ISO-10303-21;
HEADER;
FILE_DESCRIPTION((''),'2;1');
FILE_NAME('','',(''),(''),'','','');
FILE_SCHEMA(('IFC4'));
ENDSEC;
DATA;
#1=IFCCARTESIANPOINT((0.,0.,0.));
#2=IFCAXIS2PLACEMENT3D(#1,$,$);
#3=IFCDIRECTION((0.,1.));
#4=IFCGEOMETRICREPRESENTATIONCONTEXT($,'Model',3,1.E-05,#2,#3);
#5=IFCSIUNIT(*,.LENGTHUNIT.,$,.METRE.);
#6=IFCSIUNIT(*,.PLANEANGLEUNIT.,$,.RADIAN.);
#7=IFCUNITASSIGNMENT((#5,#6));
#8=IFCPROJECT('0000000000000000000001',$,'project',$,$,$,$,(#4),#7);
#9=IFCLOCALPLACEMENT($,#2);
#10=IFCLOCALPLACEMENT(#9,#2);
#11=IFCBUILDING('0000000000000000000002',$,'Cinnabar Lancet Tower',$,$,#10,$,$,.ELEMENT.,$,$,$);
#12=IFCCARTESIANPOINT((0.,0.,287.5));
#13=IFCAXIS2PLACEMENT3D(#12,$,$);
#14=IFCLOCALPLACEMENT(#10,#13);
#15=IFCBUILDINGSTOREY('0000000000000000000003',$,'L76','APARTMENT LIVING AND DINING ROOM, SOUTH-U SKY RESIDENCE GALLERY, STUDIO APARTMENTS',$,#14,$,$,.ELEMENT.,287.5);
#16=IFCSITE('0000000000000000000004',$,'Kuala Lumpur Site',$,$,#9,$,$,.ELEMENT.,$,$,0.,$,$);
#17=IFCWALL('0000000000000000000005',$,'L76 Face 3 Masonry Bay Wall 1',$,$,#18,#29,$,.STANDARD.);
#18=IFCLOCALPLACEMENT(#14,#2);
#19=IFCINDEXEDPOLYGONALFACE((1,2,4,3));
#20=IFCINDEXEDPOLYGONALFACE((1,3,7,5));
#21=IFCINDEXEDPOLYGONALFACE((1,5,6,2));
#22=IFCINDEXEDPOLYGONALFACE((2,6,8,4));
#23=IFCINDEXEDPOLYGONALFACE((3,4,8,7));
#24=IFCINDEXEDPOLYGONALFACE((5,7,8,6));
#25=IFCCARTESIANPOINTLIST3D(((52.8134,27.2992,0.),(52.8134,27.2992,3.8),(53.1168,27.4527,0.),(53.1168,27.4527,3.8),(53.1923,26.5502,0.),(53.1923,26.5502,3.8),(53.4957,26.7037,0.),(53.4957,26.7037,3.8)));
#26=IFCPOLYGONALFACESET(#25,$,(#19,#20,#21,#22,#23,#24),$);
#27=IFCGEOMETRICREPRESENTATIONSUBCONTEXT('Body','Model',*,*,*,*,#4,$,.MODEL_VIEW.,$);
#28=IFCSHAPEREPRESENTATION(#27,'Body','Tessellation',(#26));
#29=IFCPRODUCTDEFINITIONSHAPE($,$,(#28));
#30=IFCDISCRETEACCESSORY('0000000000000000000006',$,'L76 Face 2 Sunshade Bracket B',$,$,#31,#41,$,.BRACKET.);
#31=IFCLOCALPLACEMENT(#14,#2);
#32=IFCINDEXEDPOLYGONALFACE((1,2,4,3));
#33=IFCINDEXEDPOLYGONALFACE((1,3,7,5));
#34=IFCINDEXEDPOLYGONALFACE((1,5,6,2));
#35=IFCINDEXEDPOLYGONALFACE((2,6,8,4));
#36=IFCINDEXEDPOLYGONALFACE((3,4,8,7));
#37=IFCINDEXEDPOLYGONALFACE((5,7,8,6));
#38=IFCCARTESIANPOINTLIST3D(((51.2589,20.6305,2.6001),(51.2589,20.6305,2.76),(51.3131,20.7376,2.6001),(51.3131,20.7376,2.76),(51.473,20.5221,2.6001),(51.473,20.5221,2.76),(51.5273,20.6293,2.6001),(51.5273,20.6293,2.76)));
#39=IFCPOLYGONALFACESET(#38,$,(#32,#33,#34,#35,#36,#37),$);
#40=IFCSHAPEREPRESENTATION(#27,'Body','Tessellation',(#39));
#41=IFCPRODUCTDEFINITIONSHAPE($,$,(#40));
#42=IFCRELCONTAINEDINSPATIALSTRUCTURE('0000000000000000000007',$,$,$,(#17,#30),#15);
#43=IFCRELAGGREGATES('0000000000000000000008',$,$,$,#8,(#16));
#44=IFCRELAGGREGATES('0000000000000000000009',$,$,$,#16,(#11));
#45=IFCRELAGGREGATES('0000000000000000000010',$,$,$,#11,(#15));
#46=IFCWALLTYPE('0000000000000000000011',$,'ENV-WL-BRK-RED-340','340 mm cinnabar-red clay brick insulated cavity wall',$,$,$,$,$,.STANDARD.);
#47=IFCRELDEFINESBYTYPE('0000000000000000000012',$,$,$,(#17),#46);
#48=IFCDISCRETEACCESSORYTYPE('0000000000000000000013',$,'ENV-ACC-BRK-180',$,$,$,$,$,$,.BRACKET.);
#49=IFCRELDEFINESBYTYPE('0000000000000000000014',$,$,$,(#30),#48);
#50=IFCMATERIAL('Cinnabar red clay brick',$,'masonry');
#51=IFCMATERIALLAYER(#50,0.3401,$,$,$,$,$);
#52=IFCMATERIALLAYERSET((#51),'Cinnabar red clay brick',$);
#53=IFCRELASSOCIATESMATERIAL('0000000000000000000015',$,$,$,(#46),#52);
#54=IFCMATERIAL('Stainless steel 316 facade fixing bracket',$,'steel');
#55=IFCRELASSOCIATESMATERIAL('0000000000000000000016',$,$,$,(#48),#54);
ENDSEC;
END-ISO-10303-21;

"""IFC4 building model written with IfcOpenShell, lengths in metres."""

from ifc_helpers import new_model, si_unit, direction, frame, frame_2d, origin, origin_2d, place, context, subcontext, project, spatial, rectangle, extrude, material, layer, layer_set, type_object, element, save


model = new_model("IFC4")

# Units and contexts
model_context = context("Model", 3, precision=1e-05, world=origin(), true_north=direction((0.0, 1.0)))
body_context = subcontext(model_context, "Body", "Model", "MODEL_VIEW")
ifc_project = project(units=[si_unit("LENGTHUNIT", "METRE"), si_unit("PLANEANGLEUNIT", "RADIAN")], contexts=[model_context])

# Site, building, storey
site_placement = place(None, origin())
site = spatial("IfcSite", under=ifc_project, at=site_placement, Name="Kuala Lumpur Site", CompositionType="ELEMENT", RefElevation=0.0)
building_placement = place(site_placement, origin())
building = spatial("IfcBuilding", under=site, at=building_placement, Name="Cinnabar Lancet Tower", CompositionType="ELEMENT")
storey_placement = place(building_placement, frame((0.0, 0.0, 287.5)))
storey = spatial("IfcBuildingStorey", under=building, at=storey_placement, Name="L76", Description="APARTMENT LIVING AND DINING ROOM, SOUTH-U SKY RESIDENCE GALLERY, STUDIO APARTMENTS", CompositionType="ELEMENT", Elevation=287.5)

# Shared definitions
ifc_material_1 = material(Name="Cinnabar red clay brick", Category="masonry")
ifc_layer_1 = layer(ifc_material_1, 0.3401)
ifc_layer_set_1 = layer_set([ifc_layer_1], Name="Cinnabar red clay brick")
wall_type_1 = type_object("IfcWallType", Name="ENV-WL-BRK-RED-340", Description="340 mm cinnabar-red clay brick insulated cavity wall", PredefinedType="STANDARD", material=ifc_layer_set_1)

# Wall
wall_1_placement = place(storey_placement, frame((53.344, 26.627, 0.0), z_axis=(0.0, 0.0, 1.0), x_axis=(-0.451397, 0.892323, 0.0)))
element("IfcWall", 1, at=wall_1_placement, inside=storey, type_object=wall_type_1, Name="L76 Face 3 Masonry Bay Wall 1", PredefinedType="STANDARD", context=body_context, shape_type="SweptSolid", body=[
    extrude(rectangle(XDim=0.8394, YDim=0.3401, at=frame_2d((0.4197, 0.0))), origin(), (0.0, 0.0, 1.0), 3.8),
])

# Discrete accessory
ifc_material_2 = material(Name="Stainless steel 316 facade fixing bracket", Category="steel")
discrete_accessory_type = type_object("IfcDiscreteAccessoryType", Name="ENV-ACC-BRK-180", PredefinedType="BRACKET", material=ifc_material_2)
discrete_accessory_placement = place(storey_placement, frame((51.3931, 20.6299, 2.6001), z_axis=(0.0, 0.0, 1.0), x_axis=(0.451376, 0.892334, 0.0)))
element("IfcDiscreteAccessory", 2, at=discrete_accessory_placement, inside=storey, type_object=discrete_accessory_type, Name="L76 Face 2 Sunshade Bracket B", PredefinedType="BRACKET", context=body_context, shape_type="SweptSolid", body=[
    extrude(rectangle(XDim=0.1201, YDim=0.24, at=origin_2d()), origin(), (0.0, 0.0, 1.0), 0.1599),
])

save(model, "model.ifc")
